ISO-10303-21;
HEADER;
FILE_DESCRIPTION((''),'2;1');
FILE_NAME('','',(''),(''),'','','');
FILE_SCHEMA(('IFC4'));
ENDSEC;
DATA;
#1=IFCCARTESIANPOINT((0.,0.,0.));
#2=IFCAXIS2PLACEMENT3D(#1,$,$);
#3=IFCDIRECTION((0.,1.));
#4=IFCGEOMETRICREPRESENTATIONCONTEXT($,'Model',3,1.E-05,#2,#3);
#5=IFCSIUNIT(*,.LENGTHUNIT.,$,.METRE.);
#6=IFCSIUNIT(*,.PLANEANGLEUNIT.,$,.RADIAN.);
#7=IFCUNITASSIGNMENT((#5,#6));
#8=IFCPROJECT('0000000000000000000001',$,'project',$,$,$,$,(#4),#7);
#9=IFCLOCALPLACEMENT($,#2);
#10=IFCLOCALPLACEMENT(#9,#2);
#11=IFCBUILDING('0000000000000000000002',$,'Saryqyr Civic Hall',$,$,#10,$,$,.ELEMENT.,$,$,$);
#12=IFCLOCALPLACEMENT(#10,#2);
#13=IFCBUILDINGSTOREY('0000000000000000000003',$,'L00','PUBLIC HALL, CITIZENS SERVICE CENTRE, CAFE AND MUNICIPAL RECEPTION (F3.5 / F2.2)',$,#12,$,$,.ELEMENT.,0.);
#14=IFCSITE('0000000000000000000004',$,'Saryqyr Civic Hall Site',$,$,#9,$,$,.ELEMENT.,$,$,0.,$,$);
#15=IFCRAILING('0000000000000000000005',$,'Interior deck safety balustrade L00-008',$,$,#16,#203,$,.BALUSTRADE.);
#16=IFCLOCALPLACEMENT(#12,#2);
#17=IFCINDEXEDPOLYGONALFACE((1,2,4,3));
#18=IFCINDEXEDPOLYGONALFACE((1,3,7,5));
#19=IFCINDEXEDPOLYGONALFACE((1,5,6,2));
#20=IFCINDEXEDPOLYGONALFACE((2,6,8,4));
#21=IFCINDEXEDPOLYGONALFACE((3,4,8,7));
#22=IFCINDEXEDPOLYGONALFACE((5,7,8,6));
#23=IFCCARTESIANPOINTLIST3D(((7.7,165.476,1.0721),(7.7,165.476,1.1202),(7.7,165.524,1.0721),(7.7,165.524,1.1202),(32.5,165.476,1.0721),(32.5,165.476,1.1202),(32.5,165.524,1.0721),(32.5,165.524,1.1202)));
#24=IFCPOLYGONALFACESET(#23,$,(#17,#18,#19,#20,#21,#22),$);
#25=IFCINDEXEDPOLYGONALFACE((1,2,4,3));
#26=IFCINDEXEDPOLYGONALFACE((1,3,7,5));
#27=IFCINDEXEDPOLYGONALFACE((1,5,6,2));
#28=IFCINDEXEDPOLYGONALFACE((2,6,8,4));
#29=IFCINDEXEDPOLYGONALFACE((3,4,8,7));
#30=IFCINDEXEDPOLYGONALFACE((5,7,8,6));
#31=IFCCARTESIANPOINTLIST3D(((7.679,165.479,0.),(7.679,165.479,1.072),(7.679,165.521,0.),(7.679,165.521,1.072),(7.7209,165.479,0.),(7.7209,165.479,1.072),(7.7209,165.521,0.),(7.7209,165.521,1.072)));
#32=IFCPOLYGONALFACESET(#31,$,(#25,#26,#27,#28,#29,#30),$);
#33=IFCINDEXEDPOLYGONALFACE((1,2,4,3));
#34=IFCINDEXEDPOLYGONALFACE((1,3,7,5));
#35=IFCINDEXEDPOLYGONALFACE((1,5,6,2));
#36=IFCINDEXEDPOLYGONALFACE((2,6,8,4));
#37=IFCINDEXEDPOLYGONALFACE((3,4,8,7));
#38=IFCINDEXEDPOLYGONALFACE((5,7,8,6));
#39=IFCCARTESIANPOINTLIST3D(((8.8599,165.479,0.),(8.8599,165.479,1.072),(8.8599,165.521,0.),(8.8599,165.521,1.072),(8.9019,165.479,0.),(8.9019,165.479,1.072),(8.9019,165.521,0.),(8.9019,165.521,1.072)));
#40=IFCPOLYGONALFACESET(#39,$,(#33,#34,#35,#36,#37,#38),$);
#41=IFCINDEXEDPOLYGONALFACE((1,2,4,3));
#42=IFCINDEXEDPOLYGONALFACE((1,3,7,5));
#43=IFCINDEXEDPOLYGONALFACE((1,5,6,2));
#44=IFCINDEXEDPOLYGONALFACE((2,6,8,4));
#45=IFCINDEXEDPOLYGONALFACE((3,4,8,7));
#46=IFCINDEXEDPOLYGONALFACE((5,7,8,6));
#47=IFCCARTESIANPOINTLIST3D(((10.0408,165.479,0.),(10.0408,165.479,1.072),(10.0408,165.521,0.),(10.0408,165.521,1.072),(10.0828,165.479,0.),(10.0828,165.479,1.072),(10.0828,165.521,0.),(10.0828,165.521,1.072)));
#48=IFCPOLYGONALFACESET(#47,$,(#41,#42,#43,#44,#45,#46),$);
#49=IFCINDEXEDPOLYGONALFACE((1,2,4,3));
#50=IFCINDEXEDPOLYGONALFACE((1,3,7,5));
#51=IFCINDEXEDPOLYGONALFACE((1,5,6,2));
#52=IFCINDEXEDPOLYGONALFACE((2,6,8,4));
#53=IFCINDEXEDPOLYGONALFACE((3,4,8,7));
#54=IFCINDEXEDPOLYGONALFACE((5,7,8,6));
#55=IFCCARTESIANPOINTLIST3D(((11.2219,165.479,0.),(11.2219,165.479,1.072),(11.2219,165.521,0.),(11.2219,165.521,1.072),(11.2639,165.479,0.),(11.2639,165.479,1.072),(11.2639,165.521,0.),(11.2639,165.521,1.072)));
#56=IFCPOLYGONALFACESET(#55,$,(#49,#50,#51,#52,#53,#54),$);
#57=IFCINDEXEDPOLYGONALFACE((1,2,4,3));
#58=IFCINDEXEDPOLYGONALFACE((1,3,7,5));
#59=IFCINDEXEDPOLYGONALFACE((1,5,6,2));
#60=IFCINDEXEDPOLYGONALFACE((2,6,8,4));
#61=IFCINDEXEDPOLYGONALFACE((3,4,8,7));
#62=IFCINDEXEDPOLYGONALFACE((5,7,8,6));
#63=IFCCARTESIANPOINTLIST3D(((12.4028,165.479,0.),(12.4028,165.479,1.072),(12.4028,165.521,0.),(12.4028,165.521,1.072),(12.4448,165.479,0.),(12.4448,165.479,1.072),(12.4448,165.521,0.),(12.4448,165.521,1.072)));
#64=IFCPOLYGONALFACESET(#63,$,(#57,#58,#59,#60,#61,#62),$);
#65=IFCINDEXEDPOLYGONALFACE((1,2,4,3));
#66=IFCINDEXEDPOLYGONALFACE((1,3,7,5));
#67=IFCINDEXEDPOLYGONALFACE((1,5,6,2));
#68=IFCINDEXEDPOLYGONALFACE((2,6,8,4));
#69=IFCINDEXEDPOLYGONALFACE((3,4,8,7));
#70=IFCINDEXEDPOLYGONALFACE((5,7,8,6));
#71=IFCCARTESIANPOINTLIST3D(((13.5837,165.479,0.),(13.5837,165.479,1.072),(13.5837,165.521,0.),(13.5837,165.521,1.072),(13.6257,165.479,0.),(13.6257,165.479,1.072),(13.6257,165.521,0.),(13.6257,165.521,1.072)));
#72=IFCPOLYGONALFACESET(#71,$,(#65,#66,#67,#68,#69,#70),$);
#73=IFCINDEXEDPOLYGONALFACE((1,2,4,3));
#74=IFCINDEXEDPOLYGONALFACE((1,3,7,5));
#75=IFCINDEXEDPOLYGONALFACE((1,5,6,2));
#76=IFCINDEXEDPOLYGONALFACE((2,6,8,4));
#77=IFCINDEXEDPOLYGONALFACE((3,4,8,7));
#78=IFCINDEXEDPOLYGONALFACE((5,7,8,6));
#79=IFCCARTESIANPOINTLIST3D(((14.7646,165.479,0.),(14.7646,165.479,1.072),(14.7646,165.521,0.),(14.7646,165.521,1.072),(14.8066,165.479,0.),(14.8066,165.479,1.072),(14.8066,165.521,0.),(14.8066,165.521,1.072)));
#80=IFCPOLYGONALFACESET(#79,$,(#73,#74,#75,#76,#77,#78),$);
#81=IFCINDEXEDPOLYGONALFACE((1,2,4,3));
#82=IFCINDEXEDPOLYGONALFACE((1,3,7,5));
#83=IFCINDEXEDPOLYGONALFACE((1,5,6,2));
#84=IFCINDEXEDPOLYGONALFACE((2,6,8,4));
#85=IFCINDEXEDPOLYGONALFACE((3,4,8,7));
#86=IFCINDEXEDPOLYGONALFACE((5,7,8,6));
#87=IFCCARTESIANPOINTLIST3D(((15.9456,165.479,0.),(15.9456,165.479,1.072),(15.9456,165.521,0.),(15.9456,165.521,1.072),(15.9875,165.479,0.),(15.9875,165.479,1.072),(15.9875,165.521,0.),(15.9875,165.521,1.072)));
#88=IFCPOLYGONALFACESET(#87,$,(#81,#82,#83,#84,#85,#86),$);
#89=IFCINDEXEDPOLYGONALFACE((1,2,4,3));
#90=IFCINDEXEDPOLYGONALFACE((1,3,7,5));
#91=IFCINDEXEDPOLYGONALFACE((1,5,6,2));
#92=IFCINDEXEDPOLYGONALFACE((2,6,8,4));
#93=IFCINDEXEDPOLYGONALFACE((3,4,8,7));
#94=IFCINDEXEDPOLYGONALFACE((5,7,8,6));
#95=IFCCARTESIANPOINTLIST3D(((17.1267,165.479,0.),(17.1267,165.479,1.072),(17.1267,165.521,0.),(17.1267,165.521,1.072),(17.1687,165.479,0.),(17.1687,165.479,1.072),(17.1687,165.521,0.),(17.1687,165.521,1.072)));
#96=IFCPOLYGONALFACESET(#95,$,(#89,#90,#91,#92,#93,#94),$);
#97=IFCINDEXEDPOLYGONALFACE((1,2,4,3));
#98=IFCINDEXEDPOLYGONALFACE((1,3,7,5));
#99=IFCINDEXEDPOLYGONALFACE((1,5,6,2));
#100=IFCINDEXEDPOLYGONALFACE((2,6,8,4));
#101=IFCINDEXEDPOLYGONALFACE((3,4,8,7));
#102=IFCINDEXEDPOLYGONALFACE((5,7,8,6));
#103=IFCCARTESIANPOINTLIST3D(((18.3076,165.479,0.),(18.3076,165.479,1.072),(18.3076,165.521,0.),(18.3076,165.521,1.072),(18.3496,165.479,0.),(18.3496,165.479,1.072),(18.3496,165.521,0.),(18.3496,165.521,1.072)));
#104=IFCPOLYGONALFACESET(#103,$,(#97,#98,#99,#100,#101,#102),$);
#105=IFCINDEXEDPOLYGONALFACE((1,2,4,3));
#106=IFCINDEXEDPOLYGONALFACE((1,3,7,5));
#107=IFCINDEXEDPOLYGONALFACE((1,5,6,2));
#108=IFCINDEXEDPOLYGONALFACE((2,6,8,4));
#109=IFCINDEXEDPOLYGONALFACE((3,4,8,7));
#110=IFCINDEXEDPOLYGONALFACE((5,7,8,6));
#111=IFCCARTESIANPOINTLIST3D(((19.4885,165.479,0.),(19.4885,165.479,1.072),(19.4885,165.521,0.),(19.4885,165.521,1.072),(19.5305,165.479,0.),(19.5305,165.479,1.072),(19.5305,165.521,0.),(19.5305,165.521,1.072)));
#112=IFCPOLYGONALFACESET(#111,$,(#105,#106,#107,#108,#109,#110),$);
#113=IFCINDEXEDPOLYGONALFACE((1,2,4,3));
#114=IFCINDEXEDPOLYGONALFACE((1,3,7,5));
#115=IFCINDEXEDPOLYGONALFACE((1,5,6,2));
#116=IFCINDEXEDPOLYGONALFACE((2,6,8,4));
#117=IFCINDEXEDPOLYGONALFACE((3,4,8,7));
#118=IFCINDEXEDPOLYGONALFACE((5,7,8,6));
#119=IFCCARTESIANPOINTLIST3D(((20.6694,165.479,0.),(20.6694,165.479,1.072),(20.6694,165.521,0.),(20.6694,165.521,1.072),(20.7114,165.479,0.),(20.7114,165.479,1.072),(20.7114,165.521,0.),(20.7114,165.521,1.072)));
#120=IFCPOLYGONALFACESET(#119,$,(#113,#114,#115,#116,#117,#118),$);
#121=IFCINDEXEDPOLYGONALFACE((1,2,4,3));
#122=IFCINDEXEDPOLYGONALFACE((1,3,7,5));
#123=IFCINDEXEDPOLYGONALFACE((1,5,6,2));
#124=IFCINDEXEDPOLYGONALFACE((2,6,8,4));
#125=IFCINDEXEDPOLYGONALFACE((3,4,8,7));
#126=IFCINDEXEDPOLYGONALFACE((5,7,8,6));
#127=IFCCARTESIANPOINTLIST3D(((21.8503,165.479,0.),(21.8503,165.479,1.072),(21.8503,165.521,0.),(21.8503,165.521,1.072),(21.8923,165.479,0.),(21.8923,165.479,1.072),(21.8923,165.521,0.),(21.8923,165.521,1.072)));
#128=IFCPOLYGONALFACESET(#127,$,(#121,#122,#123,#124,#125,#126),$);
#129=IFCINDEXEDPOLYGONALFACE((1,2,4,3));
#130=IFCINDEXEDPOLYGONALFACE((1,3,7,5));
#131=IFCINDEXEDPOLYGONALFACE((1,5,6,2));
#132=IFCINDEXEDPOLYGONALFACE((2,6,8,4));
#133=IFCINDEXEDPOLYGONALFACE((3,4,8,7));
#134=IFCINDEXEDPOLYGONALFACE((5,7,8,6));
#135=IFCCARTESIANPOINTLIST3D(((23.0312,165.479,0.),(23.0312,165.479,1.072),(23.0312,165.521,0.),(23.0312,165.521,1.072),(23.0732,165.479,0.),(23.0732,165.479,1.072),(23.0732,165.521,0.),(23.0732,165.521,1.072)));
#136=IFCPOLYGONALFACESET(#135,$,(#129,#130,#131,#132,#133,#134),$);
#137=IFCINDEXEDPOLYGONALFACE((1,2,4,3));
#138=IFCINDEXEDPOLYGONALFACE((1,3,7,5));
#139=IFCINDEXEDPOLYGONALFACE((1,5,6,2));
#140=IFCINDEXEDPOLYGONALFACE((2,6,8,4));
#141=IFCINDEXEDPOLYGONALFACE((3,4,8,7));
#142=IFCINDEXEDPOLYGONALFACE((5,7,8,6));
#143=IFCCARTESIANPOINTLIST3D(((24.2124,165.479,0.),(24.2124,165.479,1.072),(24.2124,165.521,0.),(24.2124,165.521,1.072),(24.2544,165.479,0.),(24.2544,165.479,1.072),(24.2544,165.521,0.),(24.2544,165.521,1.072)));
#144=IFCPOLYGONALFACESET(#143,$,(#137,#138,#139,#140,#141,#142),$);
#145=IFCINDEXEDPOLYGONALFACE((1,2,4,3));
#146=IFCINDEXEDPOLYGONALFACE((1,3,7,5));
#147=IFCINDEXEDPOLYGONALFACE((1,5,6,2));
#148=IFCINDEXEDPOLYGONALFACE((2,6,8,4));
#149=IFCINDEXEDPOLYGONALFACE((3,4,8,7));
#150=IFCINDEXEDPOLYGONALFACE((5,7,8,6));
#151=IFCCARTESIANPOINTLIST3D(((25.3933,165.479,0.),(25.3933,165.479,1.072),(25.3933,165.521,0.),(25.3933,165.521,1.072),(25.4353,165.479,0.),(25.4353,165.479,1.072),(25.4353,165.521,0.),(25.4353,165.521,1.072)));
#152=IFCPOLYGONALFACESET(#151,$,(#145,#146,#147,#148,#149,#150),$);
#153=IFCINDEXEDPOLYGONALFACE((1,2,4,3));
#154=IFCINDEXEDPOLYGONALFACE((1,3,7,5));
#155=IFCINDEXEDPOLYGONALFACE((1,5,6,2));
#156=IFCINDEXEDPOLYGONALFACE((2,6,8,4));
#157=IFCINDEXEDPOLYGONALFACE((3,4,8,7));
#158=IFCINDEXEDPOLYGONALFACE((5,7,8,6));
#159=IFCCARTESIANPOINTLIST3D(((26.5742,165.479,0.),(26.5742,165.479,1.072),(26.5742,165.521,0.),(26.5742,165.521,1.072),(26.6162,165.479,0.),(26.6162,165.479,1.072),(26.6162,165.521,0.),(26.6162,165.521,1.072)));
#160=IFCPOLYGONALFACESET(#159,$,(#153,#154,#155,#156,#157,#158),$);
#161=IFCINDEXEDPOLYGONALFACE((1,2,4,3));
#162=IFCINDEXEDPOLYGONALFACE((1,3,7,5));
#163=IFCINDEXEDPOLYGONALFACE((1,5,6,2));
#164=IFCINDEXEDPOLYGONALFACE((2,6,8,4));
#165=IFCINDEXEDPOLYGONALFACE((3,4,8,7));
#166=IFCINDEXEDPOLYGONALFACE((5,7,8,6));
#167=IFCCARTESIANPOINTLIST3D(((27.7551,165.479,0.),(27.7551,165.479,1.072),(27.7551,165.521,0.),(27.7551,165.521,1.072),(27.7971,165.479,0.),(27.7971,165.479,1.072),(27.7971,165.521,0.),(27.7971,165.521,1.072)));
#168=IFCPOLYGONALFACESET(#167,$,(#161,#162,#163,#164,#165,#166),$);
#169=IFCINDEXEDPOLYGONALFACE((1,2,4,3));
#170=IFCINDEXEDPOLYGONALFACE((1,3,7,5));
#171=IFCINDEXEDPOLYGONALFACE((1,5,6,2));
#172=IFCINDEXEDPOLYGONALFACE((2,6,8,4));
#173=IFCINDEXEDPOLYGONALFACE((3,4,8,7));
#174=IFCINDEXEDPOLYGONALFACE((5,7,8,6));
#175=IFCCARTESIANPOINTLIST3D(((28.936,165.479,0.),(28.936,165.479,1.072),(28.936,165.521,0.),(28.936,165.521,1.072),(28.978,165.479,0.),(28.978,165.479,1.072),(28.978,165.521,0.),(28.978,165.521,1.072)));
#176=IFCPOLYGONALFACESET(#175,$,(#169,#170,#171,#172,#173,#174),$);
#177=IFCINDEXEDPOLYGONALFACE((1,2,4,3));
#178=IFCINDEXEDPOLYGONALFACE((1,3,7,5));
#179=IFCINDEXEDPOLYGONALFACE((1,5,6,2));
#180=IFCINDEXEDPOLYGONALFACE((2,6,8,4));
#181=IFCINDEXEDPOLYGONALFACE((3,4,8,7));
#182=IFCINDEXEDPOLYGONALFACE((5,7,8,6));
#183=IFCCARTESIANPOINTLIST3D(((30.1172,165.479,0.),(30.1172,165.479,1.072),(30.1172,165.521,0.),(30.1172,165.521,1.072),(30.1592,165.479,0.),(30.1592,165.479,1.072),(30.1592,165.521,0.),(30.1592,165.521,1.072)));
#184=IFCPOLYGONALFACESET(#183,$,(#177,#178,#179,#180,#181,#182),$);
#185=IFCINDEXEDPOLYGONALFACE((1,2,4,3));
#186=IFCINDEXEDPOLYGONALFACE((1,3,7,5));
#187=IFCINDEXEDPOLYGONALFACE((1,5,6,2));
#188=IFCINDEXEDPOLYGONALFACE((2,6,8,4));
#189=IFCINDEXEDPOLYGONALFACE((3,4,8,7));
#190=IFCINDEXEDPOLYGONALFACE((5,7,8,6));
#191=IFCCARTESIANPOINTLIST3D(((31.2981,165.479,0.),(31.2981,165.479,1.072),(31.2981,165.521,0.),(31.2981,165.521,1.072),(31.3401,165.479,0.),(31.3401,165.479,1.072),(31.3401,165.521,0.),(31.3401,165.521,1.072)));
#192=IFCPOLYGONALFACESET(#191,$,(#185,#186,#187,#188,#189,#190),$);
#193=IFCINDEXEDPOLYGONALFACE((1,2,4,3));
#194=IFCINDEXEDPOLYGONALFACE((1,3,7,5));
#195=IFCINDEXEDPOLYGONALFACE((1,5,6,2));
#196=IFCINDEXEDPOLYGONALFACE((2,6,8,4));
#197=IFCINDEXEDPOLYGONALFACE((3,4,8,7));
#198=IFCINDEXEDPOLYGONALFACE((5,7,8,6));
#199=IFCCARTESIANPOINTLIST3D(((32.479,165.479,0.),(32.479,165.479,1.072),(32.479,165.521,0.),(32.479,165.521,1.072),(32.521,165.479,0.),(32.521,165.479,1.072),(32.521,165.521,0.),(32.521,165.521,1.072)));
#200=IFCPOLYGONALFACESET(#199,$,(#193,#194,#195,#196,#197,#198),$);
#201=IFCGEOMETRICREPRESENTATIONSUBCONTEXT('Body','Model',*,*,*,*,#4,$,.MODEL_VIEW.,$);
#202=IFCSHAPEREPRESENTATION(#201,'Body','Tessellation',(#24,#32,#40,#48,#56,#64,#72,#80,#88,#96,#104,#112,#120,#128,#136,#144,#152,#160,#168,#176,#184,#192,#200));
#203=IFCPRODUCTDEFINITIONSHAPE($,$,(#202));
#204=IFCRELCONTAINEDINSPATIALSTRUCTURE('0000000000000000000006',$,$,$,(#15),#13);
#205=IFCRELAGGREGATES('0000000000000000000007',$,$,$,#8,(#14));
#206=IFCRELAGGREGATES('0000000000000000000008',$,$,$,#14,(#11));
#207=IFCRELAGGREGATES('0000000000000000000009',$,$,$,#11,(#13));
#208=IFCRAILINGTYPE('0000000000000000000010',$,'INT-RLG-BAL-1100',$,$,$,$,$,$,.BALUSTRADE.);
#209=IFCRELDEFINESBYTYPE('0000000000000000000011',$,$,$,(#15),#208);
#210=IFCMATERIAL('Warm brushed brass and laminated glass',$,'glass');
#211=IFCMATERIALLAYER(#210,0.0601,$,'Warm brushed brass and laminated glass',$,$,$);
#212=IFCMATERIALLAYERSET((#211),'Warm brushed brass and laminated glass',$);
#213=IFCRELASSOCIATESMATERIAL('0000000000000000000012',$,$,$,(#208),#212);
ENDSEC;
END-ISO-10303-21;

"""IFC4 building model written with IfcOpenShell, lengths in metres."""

from ifc_helpers import new_model, si_unit, direction, frame, origin, origin_2d, place, context, subcontext, project, spatial, rectangle, extrude, material, layer, layer_set, type_object, element, save


model = new_model("IFC4")

# Units and contexts
model_context = context("Model", 3, precision=1e-05, world=origin(), true_north=direction((0.0, 1.0)))
body_context = subcontext(model_context, "Body", "Model", "MODEL_VIEW")
ifc_project = project(units=[si_unit("LENGTHUNIT", "METRE"), si_unit("PLANEANGLEUNIT", "RADIAN")], contexts=[model_context])

# Site, building, storey
site_placement = place(None, origin())
site = spatial("IfcSite", under=ifc_project, at=site_placement, Name="Saryqyr Civic Hall Site", CompositionType="ELEMENT", RefElevation=0.0)
building_placement = place(site_placement, origin())
building = spatial("IfcBuilding", under=site, at=building_placement, Name="Saryqyr Civic Hall", CompositionType="ELEMENT")
storey_placement = place(building_placement, origin())
storey = spatial("IfcBuildingStorey", under=building, at=storey_placement, Name="L00", Description="PUBLIC HALL, CITIZENS SERVICE CENTRE, CAFE AND MUNICIPAL RECEPTION (F3.5 / F2.2)", CompositionType="ELEMENT", Elevation=0.0)

# Railing
ifc_material_1 = material(Name="Warm brushed brass and laminated glass", Category="glass")
ifc_layer_1 = layer(ifc_material_1, 0.0601, Name="Warm brushed brass and laminated glass")
ifc_layer_set_1 = layer_set([ifc_layer_1], Name="Warm brushed brass and laminated glass")
railing_type = type_object("IfcRailingType", Name="INT-RLG-BAL-1100", PredefinedType="BALUSTRADE", material=ifc_layer_set_1)
railing_placement = place(storey_placement, frame((7.7, 165.5, 0.0)))
element("IfcRailing", 1, at=railing_placement, inside=storey, type_object=railing_type, Name="Interior deck safety balustrade L00-008", PredefinedType="BALUSTRADE", context=body_context, shape_type="SweptSolid", body=[
    extrude(rectangle(XDim=0.0481, YDim=0.0481, at=origin_2d()), frame((0.0, 0.0, 1.0962), z_axis=(1.0, 0.0, 0.0), x_axis=(0.0, 1.0, 0.0)), (0.0, 0.0, 1.0), 24.8),
    extrude(rectangle(XDim=0.042, YDim=0.042, at=origin_2d()), origin(), (0.0, 0.0, 1.0), 1.072),
    extrude(rectangle(XDim=0.042, YDim=0.042, at=origin_2d()), frame((1.1809, 0.0, 0.0)), (0.0, 0.0, 1.0), 1.072),
    extrude(rectangle(XDim=0.042, YDim=0.042, at=origin_2d()), frame((2.3618, 0.0, 0.0)), (0.0, 0.0, 1.0), 1.072),
    extrude(rectangle(XDim=0.042, YDim=0.042, at=origin_2d()), frame((3.543, 0.0, 0.0)), (0.0, 0.0, 1.0), 1.072),
    extrude(rectangle(XDim=0.042, YDim=0.042, at=origin_2d()), frame((4.7239, 0.0, 0.0)), (0.0, 0.0, 1.0), 1.072),
    extrude(rectangle(XDim=0.042, YDim=0.042, at=origin_2d()), frame((5.9048, 0.0, 0.0)), (0.0, 0.0, 1.0), 1.072),
    extrude(rectangle(XDim=0.042, YDim=0.042, at=origin_2d()), frame((7.0857, 0.0, 0.0)), (0.0, 0.0, 1.0), 1.072),
    extrude(rectangle(XDim=0.042, YDim=0.042, at=origin_2d()), frame((8.2666, 0.0, 0.0)), (0.0, 0.0, 1.0), 1.072),
    extrude(rectangle(XDim=0.042, YDim=0.042, at=origin_2d()), frame((9.4478, 0.0, 0.0)), (0.0, 0.0, 1.0), 1.072),
    extrude(rectangle(XDim=0.042, YDim=0.042, at=origin_2d()), frame((10.6287, 0.0, 0.0)), (0.0, 0.0, 1.0), 1.072),
    extrude(rectangle(XDim=0.042, YDim=0.042, at=origin_2d()), frame((11.8096, 0.0, 0.0)), (0.0, 0.0, 1.0), 1.072),
    extrude(rectangle(XDim=0.042, YDim=0.042, at=origin_2d()), frame((12.9905, 0.0, 0.0)), (0.0, 0.0, 1.0), 1.072),
    extrude(rectangle(XDim=0.042, YDim=0.042, at=origin_2d()), frame((14.1714, 0.0, 0.0)), (0.0, 0.0, 1.0), 1.072),
    extrude(rectangle(XDim=0.042, YDim=0.042, at=origin_2d()), frame((15.3523, 0.0, 0.0)), (0.0, 0.0, 1.0), 1.072),
    extrude(rectangle(XDim=0.042, YDim=0.042, at=origin_2d()), frame((16.5334, 0.0, 0.0)), (0.0, 0.0, 1.0), 1.072),
    extrude(rectangle(XDim=0.042, YDim=0.042, at=origin_2d()), frame((17.7144, 0.0, 0.0)), (0.0, 0.0, 1.0), 1.072),
    extrude(rectangle(XDim=0.042, YDim=0.042, at=origin_2d()), frame((18.8953, 0.0, 0.0)), (0.0, 0.0, 1.0), 1.072),
    extrude(rectangle(XDim=0.042, YDim=0.042, at=origin_2d()), frame((20.0762, 0.0, 0.0)), (0.0, 0.0, 1.0), 1.072),
    extrude(rectangle(XDim=0.042, YDim=0.042, at=origin_2d()), frame((21.2571, 0.0, 0.0)), (0.0, 0.0, 1.0), 1.072),
    extrude(rectangle(XDim=0.042, YDim=0.042, at=origin_2d()), frame((22.4382, 0.0, 0.0)), (0.0, 0.0, 1.0), 1.072),
    extrude(rectangle(XDim=0.042, YDim=0.042, at=origin_2d()), frame((23.6191, 0.0, 0.0)), (0.0, 0.0, 1.0), 1.072),
    extrude(rectangle(XDim=0.042, YDim=0.042, at=origin_2d()), frame((24.8, 0.0, 0.0)), (0.0, 0.0, 1.0), 1.072),
])

save(model, "model.ifc")
